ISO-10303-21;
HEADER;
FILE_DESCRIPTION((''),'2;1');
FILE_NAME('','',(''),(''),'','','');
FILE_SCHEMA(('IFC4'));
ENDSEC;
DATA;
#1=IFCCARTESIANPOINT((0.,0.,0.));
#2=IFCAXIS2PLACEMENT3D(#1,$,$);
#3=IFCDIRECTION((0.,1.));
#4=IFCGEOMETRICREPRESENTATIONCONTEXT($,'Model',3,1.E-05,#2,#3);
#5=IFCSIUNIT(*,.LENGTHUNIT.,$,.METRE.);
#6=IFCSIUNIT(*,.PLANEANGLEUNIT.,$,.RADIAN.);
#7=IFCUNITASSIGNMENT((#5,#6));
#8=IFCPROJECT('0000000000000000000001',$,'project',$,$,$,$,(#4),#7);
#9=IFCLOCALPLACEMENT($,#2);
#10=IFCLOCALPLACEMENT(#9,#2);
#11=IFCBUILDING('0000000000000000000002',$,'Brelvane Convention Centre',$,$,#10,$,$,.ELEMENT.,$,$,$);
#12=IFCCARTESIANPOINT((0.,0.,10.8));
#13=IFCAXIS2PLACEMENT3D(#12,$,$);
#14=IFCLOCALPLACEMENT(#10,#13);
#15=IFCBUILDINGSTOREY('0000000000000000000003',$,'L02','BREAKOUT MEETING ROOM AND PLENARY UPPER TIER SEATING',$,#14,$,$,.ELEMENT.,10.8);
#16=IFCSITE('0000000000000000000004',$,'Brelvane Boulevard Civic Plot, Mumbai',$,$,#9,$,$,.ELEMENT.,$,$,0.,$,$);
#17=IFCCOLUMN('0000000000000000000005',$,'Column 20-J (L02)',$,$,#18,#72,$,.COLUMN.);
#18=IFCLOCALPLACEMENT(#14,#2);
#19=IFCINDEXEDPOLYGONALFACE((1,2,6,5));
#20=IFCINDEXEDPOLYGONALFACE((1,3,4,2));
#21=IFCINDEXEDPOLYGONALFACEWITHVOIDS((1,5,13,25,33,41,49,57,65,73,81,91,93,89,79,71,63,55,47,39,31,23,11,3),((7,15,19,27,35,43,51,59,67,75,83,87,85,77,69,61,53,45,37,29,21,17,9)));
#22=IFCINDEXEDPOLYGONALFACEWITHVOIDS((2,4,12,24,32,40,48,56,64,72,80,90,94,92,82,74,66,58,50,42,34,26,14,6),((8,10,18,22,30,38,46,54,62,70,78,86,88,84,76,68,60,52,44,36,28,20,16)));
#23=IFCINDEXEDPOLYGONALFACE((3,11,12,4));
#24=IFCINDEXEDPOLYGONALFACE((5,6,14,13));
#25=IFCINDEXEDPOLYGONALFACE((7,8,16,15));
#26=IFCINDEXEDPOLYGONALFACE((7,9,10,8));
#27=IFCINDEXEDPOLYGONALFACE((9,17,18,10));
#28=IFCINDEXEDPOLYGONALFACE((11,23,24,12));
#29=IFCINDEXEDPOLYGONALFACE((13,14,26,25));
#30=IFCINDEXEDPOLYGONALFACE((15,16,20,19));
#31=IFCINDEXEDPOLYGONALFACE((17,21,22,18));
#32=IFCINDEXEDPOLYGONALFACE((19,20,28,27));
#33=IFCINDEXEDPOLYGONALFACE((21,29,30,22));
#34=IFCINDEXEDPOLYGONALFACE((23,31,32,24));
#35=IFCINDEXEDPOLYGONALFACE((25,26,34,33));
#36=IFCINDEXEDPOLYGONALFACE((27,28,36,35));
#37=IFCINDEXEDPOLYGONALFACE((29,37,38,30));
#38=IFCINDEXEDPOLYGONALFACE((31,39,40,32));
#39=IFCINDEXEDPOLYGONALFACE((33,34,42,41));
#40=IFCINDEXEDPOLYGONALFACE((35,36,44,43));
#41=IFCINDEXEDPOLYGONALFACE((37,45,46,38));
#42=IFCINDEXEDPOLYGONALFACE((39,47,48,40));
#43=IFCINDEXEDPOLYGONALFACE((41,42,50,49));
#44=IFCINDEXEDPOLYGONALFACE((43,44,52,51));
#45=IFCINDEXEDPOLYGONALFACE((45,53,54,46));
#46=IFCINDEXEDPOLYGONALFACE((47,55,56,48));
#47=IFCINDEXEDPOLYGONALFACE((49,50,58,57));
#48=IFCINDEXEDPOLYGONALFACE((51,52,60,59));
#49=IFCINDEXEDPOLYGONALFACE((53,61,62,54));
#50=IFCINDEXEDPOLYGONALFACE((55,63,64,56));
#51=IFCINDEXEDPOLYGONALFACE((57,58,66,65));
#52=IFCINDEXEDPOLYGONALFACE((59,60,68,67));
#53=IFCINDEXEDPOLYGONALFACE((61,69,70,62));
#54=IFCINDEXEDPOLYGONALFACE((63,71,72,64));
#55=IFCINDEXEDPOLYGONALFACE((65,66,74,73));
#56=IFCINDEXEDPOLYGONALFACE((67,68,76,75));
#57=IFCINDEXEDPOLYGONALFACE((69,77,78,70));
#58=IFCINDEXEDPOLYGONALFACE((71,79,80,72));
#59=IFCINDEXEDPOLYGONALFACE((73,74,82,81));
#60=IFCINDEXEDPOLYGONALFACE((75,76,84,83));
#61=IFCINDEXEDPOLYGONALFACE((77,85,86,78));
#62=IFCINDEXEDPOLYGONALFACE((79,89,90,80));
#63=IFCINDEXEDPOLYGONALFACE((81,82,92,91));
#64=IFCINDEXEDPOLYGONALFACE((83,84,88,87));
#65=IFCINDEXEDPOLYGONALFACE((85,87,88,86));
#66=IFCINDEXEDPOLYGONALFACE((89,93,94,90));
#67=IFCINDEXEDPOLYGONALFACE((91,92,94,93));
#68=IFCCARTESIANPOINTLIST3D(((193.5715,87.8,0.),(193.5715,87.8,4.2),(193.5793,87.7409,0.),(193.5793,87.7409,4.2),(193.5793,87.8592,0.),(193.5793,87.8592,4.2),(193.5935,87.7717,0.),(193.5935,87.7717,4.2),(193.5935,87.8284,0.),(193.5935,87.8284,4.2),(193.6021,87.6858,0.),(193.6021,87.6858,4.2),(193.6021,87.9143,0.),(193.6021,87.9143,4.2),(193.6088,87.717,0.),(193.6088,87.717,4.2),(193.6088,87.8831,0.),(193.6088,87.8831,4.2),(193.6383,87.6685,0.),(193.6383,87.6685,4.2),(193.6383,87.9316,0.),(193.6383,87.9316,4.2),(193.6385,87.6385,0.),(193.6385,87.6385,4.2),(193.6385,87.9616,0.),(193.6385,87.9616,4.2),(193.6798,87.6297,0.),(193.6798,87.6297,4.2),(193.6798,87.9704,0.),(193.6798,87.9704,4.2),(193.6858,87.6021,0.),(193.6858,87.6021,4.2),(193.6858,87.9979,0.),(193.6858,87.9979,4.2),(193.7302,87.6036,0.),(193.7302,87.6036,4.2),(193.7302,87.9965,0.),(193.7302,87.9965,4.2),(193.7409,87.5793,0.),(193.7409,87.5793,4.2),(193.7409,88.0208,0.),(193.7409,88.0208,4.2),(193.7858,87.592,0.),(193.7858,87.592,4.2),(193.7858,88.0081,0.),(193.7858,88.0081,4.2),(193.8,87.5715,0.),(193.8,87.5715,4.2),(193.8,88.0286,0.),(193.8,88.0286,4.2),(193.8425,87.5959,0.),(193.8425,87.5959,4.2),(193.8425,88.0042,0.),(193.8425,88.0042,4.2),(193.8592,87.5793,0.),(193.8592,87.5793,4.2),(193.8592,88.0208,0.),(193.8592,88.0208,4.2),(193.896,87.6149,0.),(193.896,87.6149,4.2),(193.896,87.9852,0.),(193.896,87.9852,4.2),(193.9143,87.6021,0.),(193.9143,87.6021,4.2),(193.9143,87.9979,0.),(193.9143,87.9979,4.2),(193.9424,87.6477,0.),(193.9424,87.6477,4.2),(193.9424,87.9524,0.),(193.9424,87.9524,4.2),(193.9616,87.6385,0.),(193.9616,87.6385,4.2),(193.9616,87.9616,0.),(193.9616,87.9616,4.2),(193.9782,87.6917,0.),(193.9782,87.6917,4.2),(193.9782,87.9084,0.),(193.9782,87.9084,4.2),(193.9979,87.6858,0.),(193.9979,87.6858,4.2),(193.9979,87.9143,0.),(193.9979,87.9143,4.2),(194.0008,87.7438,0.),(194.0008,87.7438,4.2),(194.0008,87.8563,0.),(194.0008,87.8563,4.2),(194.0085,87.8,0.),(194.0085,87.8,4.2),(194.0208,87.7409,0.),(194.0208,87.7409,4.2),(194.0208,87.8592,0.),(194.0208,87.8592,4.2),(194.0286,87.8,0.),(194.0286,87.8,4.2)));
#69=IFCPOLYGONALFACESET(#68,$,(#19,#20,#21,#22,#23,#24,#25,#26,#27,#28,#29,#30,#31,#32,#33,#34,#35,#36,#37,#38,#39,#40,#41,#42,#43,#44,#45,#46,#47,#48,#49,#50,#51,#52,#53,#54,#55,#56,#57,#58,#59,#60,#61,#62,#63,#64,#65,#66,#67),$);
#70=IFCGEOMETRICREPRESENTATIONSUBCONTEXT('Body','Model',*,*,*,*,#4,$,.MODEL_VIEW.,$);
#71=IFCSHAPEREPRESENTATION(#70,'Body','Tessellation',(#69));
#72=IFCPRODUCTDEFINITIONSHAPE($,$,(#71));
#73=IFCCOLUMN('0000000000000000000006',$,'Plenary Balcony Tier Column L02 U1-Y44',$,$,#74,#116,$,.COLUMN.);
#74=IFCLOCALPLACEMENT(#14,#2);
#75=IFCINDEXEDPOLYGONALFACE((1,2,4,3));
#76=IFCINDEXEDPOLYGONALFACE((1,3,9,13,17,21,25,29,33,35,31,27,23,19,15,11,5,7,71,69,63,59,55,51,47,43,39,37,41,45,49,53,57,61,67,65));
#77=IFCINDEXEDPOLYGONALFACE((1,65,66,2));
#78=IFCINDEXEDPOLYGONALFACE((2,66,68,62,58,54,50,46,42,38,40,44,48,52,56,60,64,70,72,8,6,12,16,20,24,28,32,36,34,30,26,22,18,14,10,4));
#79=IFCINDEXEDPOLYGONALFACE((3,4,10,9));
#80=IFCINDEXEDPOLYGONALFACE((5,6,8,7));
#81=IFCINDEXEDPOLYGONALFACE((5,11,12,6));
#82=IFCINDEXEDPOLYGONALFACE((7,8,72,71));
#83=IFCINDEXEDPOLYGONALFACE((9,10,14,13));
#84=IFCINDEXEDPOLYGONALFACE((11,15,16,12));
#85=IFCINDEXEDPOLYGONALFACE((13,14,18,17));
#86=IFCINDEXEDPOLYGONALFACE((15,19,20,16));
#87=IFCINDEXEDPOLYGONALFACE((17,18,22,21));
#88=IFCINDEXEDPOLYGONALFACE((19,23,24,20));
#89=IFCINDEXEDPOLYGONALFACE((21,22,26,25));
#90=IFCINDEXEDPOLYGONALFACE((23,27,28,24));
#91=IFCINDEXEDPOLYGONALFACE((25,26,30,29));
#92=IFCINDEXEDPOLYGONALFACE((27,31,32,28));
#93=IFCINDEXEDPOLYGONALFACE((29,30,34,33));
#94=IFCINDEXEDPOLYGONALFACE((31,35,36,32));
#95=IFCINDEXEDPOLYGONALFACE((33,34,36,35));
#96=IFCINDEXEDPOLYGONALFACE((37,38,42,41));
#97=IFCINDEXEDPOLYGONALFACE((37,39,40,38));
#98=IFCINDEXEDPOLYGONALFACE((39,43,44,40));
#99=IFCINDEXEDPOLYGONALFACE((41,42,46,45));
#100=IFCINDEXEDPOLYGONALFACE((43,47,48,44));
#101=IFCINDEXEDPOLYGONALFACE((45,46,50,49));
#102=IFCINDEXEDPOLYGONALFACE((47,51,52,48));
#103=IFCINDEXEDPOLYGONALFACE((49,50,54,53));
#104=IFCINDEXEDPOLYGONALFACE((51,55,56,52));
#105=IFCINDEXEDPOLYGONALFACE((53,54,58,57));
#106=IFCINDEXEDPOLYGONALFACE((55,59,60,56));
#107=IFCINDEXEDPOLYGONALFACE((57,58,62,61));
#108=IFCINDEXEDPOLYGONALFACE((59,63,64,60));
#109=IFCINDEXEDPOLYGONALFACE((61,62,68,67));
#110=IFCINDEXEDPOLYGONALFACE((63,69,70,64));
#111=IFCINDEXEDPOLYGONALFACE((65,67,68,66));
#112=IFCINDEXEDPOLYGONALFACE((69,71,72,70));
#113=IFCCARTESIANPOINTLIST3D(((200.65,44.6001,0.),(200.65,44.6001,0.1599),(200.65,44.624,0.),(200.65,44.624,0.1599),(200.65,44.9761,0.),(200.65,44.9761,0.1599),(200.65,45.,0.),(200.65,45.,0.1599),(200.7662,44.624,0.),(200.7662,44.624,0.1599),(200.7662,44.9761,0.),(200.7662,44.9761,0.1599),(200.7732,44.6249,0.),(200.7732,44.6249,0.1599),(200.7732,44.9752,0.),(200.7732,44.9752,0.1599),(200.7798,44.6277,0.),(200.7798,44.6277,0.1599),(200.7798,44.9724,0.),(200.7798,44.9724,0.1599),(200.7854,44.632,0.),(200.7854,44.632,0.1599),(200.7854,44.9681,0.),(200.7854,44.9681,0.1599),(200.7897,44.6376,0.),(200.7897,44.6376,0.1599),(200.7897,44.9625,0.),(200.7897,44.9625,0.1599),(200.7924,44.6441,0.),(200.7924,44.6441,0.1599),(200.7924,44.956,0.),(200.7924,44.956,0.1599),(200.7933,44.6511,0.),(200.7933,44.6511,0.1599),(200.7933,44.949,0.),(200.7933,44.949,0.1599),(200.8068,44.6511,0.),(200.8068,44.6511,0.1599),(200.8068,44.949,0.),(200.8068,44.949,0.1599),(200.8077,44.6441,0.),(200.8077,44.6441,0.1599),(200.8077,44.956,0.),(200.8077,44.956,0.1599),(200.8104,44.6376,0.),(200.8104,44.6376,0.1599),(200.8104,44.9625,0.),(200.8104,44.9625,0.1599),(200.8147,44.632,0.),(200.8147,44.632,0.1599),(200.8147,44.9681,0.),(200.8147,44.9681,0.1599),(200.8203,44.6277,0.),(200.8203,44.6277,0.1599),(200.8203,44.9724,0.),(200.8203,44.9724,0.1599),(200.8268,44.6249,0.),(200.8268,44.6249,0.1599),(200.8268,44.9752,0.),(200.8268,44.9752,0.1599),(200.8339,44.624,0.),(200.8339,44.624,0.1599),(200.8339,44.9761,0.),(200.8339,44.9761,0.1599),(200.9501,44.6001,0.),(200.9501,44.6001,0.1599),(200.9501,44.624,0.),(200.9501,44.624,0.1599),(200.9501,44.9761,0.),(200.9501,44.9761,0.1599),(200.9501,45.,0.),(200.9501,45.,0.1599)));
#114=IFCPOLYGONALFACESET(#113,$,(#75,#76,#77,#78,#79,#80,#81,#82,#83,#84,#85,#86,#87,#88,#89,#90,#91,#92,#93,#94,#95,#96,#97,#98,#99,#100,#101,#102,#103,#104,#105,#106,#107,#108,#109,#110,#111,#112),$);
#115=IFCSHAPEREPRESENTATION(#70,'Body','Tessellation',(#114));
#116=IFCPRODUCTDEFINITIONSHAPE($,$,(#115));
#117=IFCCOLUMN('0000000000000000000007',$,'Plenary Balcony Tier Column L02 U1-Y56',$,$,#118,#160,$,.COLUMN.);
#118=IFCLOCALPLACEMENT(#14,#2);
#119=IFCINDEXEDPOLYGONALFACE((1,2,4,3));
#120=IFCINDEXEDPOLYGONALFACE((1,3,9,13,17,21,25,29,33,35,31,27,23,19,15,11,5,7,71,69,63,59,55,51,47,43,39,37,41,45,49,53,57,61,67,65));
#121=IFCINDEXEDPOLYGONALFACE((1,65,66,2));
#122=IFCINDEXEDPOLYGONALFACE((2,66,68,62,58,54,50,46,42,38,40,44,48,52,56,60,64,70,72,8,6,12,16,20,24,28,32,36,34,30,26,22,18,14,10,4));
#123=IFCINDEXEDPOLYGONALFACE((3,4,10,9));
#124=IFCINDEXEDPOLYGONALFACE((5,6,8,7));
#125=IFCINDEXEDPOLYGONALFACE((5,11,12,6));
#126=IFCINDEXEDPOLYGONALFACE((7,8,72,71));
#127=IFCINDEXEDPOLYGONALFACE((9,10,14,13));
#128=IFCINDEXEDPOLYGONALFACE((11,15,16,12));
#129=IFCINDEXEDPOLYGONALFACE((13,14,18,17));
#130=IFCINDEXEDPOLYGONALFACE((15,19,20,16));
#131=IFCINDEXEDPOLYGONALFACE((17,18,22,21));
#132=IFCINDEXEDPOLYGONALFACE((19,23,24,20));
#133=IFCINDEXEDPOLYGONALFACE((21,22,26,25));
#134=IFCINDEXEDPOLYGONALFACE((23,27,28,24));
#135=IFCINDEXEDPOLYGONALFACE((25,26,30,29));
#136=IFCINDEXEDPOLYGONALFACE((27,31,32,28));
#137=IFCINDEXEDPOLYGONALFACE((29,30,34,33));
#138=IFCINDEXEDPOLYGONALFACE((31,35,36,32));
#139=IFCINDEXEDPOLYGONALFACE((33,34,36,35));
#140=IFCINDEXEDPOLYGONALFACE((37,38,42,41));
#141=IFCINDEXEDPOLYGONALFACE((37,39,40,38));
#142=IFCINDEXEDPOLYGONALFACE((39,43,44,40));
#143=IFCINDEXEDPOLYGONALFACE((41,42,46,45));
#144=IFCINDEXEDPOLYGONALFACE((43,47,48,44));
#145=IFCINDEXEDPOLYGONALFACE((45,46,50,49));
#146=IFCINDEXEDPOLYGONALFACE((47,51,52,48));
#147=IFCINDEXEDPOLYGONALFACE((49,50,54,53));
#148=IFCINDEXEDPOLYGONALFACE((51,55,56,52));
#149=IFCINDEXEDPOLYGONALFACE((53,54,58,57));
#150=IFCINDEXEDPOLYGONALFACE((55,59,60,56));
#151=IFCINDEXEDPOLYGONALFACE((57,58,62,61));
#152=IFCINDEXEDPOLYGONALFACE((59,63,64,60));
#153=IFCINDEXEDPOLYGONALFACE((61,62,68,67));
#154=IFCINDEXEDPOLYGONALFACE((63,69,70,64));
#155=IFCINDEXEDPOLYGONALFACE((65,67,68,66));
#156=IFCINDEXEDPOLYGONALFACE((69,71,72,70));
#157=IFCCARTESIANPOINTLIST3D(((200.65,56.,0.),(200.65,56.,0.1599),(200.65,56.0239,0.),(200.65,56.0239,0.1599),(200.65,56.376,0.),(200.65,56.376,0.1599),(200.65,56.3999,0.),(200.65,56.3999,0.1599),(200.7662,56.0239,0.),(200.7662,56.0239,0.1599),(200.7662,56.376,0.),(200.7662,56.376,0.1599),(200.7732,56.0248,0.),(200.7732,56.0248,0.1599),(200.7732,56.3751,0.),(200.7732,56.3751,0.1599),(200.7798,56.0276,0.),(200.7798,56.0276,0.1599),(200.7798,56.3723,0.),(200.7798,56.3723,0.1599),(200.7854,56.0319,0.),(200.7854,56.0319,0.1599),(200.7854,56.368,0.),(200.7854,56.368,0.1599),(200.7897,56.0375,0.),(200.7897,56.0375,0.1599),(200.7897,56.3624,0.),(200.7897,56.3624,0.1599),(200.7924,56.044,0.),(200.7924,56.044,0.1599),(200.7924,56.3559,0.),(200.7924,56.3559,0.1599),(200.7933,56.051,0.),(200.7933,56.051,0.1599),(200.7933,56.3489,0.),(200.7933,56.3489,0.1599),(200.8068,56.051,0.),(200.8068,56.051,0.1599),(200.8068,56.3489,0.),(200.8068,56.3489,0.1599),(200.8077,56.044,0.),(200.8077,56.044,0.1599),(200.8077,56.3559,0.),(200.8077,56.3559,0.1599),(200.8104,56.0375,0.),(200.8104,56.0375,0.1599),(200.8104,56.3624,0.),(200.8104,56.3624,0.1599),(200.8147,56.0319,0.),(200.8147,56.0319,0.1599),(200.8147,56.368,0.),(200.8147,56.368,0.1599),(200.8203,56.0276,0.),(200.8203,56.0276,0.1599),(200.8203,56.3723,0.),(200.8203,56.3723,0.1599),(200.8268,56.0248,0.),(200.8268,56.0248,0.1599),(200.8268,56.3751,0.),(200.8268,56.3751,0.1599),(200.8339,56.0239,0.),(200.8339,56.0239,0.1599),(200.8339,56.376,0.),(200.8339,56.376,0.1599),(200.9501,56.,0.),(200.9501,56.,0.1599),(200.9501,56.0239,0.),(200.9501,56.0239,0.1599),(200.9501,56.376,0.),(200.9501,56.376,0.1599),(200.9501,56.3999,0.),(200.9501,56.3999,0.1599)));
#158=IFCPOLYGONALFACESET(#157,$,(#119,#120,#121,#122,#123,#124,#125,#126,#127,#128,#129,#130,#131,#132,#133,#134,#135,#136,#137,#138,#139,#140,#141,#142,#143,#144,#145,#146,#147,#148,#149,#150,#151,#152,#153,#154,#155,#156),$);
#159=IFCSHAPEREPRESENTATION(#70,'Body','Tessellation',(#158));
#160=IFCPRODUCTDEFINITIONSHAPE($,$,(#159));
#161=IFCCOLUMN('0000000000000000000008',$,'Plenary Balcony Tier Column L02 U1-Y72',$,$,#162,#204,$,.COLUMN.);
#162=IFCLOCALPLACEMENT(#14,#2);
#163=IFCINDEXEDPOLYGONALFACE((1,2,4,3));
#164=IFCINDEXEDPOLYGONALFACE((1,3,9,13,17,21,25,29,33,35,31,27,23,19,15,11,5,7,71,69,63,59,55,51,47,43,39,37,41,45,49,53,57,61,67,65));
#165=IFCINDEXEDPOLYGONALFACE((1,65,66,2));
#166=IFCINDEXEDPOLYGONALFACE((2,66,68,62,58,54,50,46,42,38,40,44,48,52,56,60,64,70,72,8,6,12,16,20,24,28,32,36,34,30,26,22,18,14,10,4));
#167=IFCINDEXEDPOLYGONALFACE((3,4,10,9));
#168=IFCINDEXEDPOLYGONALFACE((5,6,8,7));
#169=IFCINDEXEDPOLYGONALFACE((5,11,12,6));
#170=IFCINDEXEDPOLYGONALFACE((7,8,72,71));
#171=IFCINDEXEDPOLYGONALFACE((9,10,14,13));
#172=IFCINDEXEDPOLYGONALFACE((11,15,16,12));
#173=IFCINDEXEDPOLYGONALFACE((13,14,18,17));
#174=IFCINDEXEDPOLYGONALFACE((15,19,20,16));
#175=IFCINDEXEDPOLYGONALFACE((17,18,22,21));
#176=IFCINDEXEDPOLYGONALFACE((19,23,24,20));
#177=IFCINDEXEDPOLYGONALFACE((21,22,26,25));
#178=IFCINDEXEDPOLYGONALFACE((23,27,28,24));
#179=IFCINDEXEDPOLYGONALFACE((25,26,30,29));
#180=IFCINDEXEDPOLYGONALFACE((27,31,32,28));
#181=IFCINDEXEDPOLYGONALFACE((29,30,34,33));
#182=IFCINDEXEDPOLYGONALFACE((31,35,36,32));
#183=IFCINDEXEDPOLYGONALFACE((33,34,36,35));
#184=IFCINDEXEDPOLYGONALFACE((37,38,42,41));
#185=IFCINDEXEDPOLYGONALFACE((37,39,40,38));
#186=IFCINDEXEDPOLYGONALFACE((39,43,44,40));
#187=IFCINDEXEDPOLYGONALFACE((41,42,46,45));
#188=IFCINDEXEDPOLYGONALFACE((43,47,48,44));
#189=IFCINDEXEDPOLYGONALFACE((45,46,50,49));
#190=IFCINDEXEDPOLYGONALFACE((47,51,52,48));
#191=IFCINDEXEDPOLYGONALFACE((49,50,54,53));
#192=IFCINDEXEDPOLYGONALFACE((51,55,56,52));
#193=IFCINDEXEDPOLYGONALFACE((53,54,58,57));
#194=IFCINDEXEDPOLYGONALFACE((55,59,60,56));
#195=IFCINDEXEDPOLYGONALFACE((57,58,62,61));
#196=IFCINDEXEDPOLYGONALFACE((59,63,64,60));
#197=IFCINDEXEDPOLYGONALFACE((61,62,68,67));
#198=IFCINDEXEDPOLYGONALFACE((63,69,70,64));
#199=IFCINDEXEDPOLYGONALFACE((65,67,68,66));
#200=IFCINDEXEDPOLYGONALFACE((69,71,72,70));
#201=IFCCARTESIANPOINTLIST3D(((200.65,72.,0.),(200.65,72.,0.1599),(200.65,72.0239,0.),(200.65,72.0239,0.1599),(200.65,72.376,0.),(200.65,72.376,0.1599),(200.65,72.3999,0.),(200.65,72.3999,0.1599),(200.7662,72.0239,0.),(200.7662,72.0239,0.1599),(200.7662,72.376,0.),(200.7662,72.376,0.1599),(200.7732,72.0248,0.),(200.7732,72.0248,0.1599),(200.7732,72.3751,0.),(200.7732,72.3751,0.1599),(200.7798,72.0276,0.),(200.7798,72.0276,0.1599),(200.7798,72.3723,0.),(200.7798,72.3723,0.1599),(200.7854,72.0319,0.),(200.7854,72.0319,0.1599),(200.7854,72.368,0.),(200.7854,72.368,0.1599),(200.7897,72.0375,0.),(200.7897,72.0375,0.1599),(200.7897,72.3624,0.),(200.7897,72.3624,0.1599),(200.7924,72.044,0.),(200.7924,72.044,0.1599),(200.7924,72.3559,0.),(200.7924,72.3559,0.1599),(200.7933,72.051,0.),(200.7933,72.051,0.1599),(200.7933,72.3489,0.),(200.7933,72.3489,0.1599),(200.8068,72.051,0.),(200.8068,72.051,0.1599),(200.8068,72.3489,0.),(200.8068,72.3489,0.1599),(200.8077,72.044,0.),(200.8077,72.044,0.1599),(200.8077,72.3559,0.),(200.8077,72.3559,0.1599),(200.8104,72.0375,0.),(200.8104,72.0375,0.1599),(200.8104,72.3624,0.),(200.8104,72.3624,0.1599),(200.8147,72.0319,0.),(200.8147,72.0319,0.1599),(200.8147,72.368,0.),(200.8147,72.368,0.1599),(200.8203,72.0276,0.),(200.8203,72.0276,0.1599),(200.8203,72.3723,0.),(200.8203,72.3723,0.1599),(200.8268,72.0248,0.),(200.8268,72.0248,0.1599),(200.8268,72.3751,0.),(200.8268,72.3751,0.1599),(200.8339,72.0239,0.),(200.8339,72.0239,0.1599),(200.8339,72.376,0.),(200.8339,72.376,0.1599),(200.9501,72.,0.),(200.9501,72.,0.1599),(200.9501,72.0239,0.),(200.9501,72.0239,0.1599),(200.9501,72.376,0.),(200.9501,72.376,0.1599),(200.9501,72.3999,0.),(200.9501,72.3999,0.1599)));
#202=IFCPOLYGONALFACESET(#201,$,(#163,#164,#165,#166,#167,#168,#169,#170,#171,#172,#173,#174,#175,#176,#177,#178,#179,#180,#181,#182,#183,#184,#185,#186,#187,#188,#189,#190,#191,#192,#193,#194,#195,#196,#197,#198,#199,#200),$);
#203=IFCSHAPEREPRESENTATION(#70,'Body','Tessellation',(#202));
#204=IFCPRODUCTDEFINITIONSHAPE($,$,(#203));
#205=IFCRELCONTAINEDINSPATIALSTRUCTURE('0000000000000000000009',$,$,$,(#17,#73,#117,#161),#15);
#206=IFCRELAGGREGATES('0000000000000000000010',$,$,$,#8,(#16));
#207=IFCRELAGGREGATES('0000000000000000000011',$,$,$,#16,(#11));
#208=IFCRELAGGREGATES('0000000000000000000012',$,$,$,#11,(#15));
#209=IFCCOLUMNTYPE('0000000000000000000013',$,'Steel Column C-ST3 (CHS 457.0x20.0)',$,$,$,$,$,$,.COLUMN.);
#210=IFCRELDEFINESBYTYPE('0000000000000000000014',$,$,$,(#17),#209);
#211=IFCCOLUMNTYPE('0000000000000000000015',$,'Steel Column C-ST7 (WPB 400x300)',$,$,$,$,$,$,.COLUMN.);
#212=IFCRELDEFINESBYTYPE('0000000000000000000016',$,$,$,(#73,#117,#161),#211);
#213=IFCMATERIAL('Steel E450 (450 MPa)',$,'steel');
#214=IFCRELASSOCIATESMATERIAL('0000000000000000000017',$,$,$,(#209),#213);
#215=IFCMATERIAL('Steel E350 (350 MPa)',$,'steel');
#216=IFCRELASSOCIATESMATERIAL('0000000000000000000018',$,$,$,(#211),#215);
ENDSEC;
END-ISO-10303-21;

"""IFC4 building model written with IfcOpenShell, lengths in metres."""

from ifc_helpers import new_model, si_unit, direction, frame, origin, origin_2d, place, context, subcontext, project, spatial, hollow_circle, i_section, extrude, material, material_profile, profile_set, type_object, element, save


model = new_model("IFC4")

# Units and contexts
model_context = context("Model", 3, precision=1e-05, world=origin(), true_north=direction((0.0, 1.0)))
body_context = subcontext(model_context, "Body", "Model", "MODEL_VIEW")
ifc_project = project(units=[si_unit("LENGTHUNIT", "METRE"), si_unit("PLANEANGLEUNIT", "RADIAN")], contexts=[model_context])

# Site, building, storey
site_placement = place(None, origin())
site = spatial("IfcSite", under=ifc_project, at=site_placement, Name="Brelvane Boulevard Civic Plot, Mumbai", CompositionType="ELEMENT", RefElevation=0.0)
building_placement = place(site_placement, origin())
building = spatial("IfcBuilding", under=site, at=building_placement, Name="Brelvane Convention Centre", CompositionType="ELEMENT")
storey_placement = place(building_placement, frame((0.0, 0.0, 10.8)))
storey = spatial("IfcBuildingStorey", under=building, at=storey_placement, Name="L02", Description="BREAKOUT MEETING ROOM AND PLENARY UPPER TIER SEATING", CompositionType="ELEMENT", Elevation=10.8)

# Columns
ifc_material_1 = material(Name="Steel E450 (450 MPa)", Category="steel")
ifc_material_profile_1 = material_profile(ifc_material_1, hollow_circle(Radius=0.2285, WallThickness=0.02, at=origin_2d()), Name="CHS 457.0x20.0")
ifc_profile_set_1 = profile_set([ifc_material_profile_1], Name="Steel E450 (450 MPa)")
column_type_1 = type_object("IfcColumnType", Name="Steel Column C-ST3 (CHS 457.0x20.0)", PredefinedType="COLUMN", material=ifc_profile_set_1)
for number, where, z_axis, x_axis, name in (
    (1, (193.8, 87.8, 0.0), (0.0, 0.0, 1.0), (1.0, 0.0, 0.0), "Column 20-J (L02)"),
):
    element("IfcColumn", number, at=place(storey_placement, frame(where, z_axis=z_axis, x_axis=x_axis)), inside=storey, type_object=column_type_1, Name=name, PredefinedType="COLUMN", context=body_context, shape_type="SweptSolid", body=[
        extrude(hollow_circle(Radius=0.2285, WallThickness=0.02, at=origin_2d()), origin(), (0.0, 0.0, 1.0), 4.2),
    ])
ifc_material_2 = material(Name="Steel E350 (350 MPa)", Category="steel")
ifc_material_profile_2 = material_profile(ifc_material_2, i_section(OverallWidth=0.3, OverallDepth=0.3999, WebThickness=0.0134, FlangeThickness=0.0239, FilletRadius=0.0271, at=origin_2d()), Name="WPB 400x300")
ifc_profile_set_2 = profile_set([ifc_material_profile_2], Name="Steel E350 (350 MPa)")
column_type_2 = type_object("IfcColumnType", Name="Steel Column C-ST7 (WPB 400x300)", PredefinedType="COLUMN", material=ifc_profile_set_2)
for number, where, z_axis, x_axis, name in (
    (2, (200.8, 44.8, 0.0), (0.0, 0.0, 1.0), (1.0, 0.0, 0.0), "Plenary Balcony Tier Column L02 U1-Y44"),
    (3, (200.8, 56.2, 0.0), (0.0, 0.0, 1.0), (1.0, 0.0, 0.0), "Plenary Balcony Tier Column L02 U1-Y56"),
    (4, (200.8, 72.2, 0.0), (0.0, 0.0, 1.0), (1.0, 0.0, 0.0), "Plenary Balcony Tier Column L02 U1-Y72"),
):
    element("IfcColumn", number, at=place(storey_placement, frame(where, z_axis=z_axis, x_axis=x_axis)), inside=storey, type_object=column_type_2, Name=name, PredefinedType="COLUMN", context=body_context, shape_type="SweptSolid", body=[
        extrude(i_section(OverallWidth=0.3, OverallDepth=0.3999, WebThickness=0.0134, FlangeThickness=0.0239, FilletRadius=0.0271, at=origin_2d()), origin(), (0.0, 0.0, 1.0), 0.1599),
    ])

save(model, "model.ifc")
